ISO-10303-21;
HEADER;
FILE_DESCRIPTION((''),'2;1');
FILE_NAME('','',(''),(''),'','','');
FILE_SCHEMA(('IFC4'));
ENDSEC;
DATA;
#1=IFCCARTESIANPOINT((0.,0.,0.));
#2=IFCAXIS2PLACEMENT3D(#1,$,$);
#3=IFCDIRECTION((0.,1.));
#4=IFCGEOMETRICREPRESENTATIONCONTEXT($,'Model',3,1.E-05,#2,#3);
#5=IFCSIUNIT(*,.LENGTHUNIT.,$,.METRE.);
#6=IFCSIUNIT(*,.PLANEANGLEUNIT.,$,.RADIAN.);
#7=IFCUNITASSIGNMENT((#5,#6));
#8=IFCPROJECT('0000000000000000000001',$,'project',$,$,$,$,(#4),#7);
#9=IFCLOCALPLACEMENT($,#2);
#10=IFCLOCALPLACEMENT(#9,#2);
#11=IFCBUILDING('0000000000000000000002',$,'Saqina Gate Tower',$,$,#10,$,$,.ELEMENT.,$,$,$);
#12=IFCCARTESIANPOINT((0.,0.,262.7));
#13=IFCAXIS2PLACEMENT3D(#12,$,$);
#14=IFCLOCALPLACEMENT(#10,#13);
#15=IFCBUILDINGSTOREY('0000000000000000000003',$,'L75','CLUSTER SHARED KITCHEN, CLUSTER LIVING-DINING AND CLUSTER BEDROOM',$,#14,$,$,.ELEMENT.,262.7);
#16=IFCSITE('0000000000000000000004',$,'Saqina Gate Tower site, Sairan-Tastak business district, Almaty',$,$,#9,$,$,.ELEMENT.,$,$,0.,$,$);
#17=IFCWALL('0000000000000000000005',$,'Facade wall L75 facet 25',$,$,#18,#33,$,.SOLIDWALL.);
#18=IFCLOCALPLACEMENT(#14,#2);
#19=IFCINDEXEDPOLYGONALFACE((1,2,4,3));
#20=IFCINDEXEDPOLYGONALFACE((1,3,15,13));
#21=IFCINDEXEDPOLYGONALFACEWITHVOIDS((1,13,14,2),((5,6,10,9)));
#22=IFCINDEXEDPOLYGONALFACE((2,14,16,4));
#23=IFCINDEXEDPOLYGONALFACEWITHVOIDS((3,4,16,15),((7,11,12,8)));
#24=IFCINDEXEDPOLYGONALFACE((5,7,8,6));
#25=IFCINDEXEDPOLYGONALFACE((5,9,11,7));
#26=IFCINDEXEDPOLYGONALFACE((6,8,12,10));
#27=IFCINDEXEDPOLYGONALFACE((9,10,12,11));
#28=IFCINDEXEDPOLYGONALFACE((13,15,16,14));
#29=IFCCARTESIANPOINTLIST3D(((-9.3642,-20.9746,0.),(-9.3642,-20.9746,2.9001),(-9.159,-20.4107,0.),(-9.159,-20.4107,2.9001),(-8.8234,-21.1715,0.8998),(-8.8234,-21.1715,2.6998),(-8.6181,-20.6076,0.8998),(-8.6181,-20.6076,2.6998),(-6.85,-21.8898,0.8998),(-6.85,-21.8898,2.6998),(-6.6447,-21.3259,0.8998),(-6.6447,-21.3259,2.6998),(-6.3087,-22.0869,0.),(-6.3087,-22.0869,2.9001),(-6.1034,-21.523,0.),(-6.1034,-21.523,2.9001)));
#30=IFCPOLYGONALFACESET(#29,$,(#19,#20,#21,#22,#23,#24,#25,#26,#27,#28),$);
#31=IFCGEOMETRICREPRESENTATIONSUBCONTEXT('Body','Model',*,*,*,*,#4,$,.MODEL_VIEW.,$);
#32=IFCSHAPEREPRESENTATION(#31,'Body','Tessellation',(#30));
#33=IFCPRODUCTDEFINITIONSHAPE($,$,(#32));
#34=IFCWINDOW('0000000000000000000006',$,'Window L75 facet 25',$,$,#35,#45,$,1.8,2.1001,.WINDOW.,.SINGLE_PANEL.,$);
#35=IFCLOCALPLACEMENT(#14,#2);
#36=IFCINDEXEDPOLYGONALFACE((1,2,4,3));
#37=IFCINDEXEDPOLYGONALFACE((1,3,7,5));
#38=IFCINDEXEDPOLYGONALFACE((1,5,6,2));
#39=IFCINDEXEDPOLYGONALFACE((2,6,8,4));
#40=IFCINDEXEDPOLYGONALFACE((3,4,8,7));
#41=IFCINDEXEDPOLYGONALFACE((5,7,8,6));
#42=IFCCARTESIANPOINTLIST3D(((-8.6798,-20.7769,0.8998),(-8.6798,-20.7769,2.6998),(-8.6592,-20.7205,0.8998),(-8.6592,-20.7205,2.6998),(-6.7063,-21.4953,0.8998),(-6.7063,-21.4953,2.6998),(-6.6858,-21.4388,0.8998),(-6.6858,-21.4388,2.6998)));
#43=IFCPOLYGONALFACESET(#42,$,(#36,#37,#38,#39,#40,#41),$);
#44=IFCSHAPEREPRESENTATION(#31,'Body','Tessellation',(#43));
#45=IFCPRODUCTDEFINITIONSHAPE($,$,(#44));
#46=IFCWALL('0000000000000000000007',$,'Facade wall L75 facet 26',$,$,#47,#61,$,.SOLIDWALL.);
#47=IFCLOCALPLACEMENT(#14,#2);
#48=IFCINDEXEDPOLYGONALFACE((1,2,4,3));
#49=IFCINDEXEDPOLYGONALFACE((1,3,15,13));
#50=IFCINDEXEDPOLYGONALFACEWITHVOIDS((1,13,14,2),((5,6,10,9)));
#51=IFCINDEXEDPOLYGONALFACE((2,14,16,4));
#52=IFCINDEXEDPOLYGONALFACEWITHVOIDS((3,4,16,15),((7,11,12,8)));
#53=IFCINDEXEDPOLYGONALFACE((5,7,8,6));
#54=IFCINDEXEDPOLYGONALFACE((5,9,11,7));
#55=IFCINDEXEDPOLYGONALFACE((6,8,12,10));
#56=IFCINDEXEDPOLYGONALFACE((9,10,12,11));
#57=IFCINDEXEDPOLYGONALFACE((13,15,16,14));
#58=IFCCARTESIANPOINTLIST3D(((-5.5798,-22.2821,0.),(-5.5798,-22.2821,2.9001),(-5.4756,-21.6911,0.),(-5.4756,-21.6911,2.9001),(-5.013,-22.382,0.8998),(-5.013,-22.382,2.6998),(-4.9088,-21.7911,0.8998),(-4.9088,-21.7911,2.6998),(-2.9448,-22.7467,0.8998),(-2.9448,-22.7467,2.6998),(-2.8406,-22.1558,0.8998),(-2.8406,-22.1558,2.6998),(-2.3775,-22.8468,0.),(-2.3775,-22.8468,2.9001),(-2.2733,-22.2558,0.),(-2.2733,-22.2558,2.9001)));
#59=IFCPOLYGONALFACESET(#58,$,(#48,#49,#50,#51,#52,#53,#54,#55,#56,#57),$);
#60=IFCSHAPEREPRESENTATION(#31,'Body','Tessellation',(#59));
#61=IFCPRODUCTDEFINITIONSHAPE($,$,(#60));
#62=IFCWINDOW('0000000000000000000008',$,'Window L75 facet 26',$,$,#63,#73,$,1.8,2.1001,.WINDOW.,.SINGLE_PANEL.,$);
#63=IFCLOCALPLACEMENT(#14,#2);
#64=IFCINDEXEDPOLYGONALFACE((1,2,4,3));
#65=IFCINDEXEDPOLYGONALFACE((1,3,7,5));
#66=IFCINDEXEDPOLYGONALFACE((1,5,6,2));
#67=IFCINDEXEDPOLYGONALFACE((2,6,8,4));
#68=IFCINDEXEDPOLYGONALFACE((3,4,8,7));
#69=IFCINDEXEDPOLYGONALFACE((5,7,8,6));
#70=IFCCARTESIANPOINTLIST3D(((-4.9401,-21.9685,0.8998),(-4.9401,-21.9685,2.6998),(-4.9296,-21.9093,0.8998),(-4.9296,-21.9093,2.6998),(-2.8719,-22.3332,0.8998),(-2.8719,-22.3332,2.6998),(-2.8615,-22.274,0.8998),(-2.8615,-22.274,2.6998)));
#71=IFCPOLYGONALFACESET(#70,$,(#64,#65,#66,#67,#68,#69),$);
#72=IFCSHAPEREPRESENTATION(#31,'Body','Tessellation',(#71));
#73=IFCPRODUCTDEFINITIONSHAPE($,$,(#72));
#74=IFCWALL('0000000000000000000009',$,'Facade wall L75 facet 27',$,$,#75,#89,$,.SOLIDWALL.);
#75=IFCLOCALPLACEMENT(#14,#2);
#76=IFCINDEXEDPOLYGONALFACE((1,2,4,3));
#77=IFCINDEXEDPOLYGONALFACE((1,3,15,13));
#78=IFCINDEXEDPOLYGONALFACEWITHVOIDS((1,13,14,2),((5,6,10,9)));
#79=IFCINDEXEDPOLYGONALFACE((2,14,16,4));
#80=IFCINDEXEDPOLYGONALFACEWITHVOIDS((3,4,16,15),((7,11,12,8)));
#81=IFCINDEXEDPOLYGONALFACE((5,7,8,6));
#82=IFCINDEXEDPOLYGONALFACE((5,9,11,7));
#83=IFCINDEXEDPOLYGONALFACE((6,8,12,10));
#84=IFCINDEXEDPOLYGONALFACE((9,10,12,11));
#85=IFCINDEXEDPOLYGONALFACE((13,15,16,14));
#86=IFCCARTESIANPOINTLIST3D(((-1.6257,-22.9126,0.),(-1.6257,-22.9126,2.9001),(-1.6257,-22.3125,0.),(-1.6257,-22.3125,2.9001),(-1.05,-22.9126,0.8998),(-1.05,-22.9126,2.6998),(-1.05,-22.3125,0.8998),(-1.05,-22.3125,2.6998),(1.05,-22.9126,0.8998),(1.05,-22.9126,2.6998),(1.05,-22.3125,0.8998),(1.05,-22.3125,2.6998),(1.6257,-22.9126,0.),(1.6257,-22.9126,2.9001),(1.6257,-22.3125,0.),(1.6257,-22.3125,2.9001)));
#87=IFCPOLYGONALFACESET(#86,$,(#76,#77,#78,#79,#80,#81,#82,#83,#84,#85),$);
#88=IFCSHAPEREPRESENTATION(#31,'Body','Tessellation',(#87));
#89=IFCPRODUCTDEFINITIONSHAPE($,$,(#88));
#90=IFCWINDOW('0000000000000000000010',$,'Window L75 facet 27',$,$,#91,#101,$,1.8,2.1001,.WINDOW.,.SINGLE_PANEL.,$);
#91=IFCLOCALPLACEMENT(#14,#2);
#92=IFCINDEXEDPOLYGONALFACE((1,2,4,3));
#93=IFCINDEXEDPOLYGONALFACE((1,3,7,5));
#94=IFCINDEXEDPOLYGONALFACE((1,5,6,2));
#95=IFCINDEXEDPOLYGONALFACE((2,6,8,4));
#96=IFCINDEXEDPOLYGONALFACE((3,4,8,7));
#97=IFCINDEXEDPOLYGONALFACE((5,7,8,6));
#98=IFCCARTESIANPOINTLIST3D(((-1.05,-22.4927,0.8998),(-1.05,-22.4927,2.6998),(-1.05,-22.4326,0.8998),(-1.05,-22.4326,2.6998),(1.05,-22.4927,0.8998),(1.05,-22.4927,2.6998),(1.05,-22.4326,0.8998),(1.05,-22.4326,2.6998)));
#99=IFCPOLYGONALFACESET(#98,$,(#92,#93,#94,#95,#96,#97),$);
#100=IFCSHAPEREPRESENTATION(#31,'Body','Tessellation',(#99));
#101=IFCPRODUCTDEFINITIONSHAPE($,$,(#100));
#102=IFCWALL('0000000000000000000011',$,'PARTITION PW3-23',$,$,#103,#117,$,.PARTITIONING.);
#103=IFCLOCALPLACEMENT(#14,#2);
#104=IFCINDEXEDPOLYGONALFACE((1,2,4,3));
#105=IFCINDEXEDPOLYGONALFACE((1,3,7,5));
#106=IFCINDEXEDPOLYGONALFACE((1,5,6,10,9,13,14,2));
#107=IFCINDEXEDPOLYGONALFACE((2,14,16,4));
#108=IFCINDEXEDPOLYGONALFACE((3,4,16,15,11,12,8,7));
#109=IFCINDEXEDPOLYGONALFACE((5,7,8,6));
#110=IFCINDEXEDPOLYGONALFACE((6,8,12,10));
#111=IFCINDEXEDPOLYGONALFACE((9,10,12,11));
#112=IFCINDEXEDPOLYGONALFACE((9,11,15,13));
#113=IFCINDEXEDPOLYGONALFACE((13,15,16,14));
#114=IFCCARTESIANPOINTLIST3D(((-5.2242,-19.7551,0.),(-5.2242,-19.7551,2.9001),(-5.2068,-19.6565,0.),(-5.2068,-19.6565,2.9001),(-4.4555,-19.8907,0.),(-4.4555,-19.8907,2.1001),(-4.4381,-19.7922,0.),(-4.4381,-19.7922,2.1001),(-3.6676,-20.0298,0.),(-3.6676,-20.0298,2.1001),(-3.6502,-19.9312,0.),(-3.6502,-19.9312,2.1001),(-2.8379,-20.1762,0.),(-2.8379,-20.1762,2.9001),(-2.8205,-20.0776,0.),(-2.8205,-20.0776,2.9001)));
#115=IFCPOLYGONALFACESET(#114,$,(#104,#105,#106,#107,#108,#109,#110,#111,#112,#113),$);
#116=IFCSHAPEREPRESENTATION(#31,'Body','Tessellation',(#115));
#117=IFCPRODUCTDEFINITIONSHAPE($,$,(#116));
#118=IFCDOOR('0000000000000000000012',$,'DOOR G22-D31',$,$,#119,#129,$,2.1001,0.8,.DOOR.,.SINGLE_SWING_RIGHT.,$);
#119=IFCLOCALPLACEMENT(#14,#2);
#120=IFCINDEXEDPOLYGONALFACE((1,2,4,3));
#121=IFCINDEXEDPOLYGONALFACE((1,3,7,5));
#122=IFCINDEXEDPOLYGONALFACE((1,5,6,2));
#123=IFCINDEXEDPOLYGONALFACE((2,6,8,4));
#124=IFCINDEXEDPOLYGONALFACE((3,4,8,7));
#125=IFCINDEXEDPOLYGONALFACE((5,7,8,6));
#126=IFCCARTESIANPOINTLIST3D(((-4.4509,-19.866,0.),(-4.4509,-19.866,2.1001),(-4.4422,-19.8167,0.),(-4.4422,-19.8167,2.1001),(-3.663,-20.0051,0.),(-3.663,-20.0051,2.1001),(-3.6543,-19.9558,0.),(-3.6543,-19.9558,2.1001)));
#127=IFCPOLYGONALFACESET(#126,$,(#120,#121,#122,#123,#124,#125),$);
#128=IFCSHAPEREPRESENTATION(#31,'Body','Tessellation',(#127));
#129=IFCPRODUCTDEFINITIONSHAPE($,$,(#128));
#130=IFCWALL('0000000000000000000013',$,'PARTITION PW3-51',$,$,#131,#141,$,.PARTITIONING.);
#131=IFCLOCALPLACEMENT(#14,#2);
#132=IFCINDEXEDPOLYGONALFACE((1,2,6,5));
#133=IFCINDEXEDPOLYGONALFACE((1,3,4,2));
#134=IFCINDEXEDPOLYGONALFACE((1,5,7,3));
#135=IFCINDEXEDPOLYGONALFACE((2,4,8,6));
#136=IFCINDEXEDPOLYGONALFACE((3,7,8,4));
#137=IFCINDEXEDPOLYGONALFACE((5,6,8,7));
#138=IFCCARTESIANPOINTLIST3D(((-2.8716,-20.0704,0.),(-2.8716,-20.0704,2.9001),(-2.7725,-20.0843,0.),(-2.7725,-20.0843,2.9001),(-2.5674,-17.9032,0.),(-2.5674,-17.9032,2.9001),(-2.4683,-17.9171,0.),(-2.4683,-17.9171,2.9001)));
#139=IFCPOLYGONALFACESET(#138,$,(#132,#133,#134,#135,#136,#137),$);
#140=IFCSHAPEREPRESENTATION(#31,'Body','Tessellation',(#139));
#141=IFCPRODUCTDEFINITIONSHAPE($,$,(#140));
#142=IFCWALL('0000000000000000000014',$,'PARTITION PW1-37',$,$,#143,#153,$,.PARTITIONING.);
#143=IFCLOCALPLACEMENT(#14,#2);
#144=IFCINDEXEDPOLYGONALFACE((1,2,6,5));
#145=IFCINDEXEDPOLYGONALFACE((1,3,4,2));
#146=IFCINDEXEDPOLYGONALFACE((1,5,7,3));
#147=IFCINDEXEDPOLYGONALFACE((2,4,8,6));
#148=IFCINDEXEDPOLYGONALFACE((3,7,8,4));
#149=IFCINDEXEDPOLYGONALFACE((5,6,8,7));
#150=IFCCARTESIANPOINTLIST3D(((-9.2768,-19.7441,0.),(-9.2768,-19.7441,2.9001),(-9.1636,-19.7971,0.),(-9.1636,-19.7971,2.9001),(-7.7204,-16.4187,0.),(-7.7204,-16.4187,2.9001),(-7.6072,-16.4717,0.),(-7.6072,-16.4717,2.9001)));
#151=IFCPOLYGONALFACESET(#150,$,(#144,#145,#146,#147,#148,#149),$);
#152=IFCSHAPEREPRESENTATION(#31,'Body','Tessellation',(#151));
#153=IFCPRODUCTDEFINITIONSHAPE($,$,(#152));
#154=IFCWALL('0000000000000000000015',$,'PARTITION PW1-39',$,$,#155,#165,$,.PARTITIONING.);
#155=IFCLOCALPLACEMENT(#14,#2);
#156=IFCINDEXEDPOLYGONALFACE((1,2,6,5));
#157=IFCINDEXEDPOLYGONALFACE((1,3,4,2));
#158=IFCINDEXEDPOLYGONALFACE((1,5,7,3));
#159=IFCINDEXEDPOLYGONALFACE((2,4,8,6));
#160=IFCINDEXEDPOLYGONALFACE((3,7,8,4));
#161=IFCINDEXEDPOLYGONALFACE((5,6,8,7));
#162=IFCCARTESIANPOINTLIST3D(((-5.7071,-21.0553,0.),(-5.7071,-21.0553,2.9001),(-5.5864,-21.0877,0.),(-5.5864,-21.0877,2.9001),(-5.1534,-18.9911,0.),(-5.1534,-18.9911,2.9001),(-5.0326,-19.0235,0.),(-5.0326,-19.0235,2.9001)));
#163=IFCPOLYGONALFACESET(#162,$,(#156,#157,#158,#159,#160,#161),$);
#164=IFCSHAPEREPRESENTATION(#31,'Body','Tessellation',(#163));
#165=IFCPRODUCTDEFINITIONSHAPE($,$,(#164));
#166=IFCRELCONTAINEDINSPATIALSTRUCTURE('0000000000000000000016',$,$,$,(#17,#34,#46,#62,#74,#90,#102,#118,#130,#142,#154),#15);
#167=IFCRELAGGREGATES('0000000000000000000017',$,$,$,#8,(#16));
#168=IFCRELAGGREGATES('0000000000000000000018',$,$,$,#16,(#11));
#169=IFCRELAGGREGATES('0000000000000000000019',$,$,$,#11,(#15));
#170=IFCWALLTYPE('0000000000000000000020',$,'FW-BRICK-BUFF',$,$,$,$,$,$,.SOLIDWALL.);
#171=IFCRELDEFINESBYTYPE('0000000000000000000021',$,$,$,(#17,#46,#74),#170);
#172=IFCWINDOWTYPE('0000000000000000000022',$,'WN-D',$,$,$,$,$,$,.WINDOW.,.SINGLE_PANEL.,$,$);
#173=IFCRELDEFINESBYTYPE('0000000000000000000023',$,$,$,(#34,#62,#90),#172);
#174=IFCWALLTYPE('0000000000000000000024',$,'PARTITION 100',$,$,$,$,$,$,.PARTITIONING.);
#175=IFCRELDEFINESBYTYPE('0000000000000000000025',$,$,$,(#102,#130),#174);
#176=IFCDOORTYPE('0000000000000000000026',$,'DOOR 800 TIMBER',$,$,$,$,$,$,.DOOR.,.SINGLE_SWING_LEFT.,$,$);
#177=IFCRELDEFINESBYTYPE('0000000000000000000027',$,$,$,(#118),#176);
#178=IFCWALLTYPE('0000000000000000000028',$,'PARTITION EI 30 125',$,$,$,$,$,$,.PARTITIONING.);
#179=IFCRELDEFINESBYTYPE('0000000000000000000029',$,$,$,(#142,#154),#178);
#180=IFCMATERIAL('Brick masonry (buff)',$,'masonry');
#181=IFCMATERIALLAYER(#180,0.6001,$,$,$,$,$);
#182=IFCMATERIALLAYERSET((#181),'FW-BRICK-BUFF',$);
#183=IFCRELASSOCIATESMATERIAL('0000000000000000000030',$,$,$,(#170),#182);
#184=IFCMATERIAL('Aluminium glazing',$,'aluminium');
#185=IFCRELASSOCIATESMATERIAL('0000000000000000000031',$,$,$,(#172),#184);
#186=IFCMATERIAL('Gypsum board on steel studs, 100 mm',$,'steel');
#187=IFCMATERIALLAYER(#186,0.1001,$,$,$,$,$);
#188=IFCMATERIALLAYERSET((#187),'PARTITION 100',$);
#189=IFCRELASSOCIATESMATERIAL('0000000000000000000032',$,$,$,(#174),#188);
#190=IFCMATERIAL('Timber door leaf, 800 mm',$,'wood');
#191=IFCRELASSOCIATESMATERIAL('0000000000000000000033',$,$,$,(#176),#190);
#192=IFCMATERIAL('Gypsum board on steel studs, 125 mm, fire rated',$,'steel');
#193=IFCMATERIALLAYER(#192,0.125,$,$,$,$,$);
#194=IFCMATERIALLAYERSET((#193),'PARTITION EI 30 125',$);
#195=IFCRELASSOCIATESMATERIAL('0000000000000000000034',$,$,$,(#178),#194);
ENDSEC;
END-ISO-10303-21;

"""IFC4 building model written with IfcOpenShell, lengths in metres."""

from ifc_helpers import new_model, si_unit, direction, frame, frame_2d, origin, place, context, subcontext, project, spatial, rectangle, extrude, material, layer, layer_set, type_object, element, fill, save


model = new_model("IFC4")

# Units and contexts
model_context = context("Model", 3, precision=1e-05, world=origin(), true_north=direction((0.0, 1.0)))
body_context = subcontext(model_context, "Body", "Model", "MODEL_VIEW")
ifc_project = project(units=[si_unit("LENGTHUNIT", "METRE"), si_unit("PLANEANGLEUNIT", "RADIAN")], contexts=[model_context])

# Site, building, storey
site_placement = place(None, origin())
site = spatial("IfcSite", under=ifc_project, at=site_placement, Name="Saqina Gate Tower site, Sairan-Tastak business district, Almaty", CompositionType="ELEMENT", RefElevation=0.0)
building_placement = place(site_placement, origin())
building = spatial("IfcBuilding", under=site, at=building_placement, Name="Saqina Gate Tower", CompositionType="ELEMENT")
storey_placement = place(building_placement, frame((0.0, 0.0, 262.7)))
storey = spatial("IfcBuildingStorey", under=building, at=storey_placement, Name="L75", Description="CLUSTER SHARED KITCHEN, CLUSTER LIVING-DINING AND CLUSTER BEDROOM", CompositionType="ELEMENT", Elevation=262.7)

# Walls, openings, windows
ifc_material_1 = material(Name="Brick masonry (buff)", Category="masonry")
ifc_layer_1 = layer(ifc_material_1, 0.6001)
ifc_layer_set_1 = layer_set([ifc_layer_1], Name="FW-BRICK-BUFF")
wall_type_1 = type_object("IfcWallType", Name="FW-BRICK-BUFF", PredefinedType="SOLIDWALL", material=ifc_layer_set_1)
wall_1_placement = place(storey_placement, frame((-9.2617, -20.6926, 0.0), z_axis=(0.0, 0.0, 1.0), x_axis=(0.939679, -0.342057, 0.0)))
wall_1 = element("IfcWall", 1, at=wall_1_placement, inside=storey, type_object=wall_type_1, Name="Facade wall L75 facet 25", PredefinedType="SOLIDWALL", context=body_context, shape_type="SweptSolid", body=[
    extrude(rectangle(XDim=3.2517, YDim=0.6001, at=frame_2d((1.626, 0.0))), origin(), (0.0, 0.0, 1.0), 2.9001),
])
opening_1_placement = place(wall_1_placement, frame((0.5757, 0.0, 0.8999)))
opening_1 = element("IfcOpeningElement", 2, at=opening_1_placement, cuts=wall_1, PredefinedType="OPENING", context=body_context, shape_type="SweptSolid", body=[
    extrude(rectangle(XDim=2.1001, YDim=1.8, at=frame_2d((1.05, 0.8999))), frame((0.0, 0.312, 0.0), z_axis=(0.0, -1.0, 0.0), x_axis=(1.0, 0.0, 0.0)), (0.0, 0.0, 1.0), 0.624),
])
ifc_material_2 = material(Name="Aluminium glazing", Category="aluminium")
window_type = type_object("IfcWindowType", Name="WN-D", PartitioningType="SINGLE_PANEL", PredefinedType="WINDOW", material=ifc_material_2)
window_1_placement = place(opening_1_placement, origin())
window_1 = element("IfcWindow", 3, at=window_1_placement, inside=storey, type_object=window_type, Name="Window L75 facet 25", OverallHeight=1.8, OverallWidth=2.1001, PartitioningType="SINGLE_PANEL", PredefinedType="WINDOW", context=body_context, shape_type="SweptSolid", body=[
    extrude(rectangle(XDim=2.1001, YDim=1.8, at=frame_2d((1.05, 0.8999))), frame((0.0, 0.1799, 0.0), z_axis=(0.0, -1.0, 0.0), x_axis=(1.0, 0.0, 0.0)), (0.0, 0.0, 1.0), 0.0601),
])
fill(opening_1, window_1)
wall_2_placement = place(storey_placement, frame((-5.5278, -21.9866, 0.0), z_axis=(0.0, 0.0, 1.0), x_axis=(0.984806, -0.173657, 0.0)))
wall_2 = element("IfcWall", 4, at=wall_2_placement, inside=storey, type_object=wall_type_1, Name="Facade wall L75 facet 26", PredefinedType="SOLIDWALL", context=body_context, shape_type="SweptSolid", body=[
    extrude(rectangle(XDim=3.2517, YDim=0.6001, at=frame_2d((1.626, 0.0))), origin(), (0.0, 0.0, 1.0), 2.9001),
])
opening_2_placement = place(wall_2_placement, frame((0.5757, 0.0, 0.8999)))
opening_2 = element("IfcOpeningElement", 5, at=opening_2_placement, cuts=wall_2, PredefinedType="OPENING", context=body_context, shape_type="SweptSolid", body=[
    extrude(rectangle(XDim=2.1001, YDim=1.8, at=frame_2d((1.05, 0.8999))), frame((0.0, 0.312, 0.0), z_axis=(0.0, -1.0, 0.0), x_axis=(1.0, 0.0, 0.0)), (0.0, 0.0, 1.0), 0.624),
])
window_2_placement = place(opening_2_placement, origin())
window_2 = element("IfcWindow", 6, at=window_2_placement, inside=storey, type_object=window_type, Name="Window L75 facet 26", OverallHeight=1.8, OverallWidth=2.1001, PartitioningType="SINGLE_PANEL", PredefinedType="WINDOW", context=body_context, shape_type="SweptSolid", body=[
    extrude(rectangle(XDim=2.1001, YDim=1.8, at=frame_2d((1.05, 0.8999))), frame((0.0, 0.1799, 0.0), z_axis=(0.0, -1.0, 0.0), x_axis=(1.0, 0.0, 0.0)), (0.0, 0.0, 1.0), 0.0601),
])
fill(opening_2, window_2)
wall_3_placement = place(storey_placement, frame((-1.6257, -22.6125, 0.0), z_axis=(0.0, 0.0, 1.0), x_axis=(1.0, 0.0, 0.0)))
wall_3 = element("IfcWall", 7, at=wall_3_placement, inside=storey, type_object=wall_type_1, Name="Facade wall L75 facet 27", PredefinedType="SOLIDWALL", context=body_context, shape_type="SweptSolid", body=[
    extrude(rectangle(XDim=3.2515, YDim=0.6001, at=frame_2d((1.6257, 0.0))), origin(), (0.0, 0.0, 1.0), 2.9001),
])
opening_3_placement = place(wall_3_placement, frame((0.5757, 0.0, 0.8999)))
opening_3 = element("IfcOpeningElement", 8, at=opening_3_placement, cuts=wall_3, PredefinedType="OPENING", context=body_context, shape_type="SweptSolid", body=[
    extrude(rectangle(XDim=2.1001, YDim=1.8, at=frame_2d((1.05, 0.8999))), frame((0.0, 0.312, 0.0), z_axis=(0.0, -1.0, 0.0), x_axis=(1.0, 0.0, 0.0)), (0.0, 0.0, 1.0), 0.624),
])
window_3_placement = place(opening_3_placement, origin())
window_3 = element("IfcWindow", 9, at=window_3_placement, inside=storey, type_object=window_type, Name="Window L75 facet 27", OverallHeight=1.8, OverallWidth=2.1001, PartitioningType="SINGLE_PANEL", PredefinedType="WINDOW", context=body_context, shape_type="SweptSolid", body=[
    extrude(rectangle(XDim=2.1001, YDim=1.8, at=frame_2d((1.05, 0.8999))), frame((0.0, 0.1799, 0.0), z_axis=(0.0, -1.0, 0.0), x_axis=(1.0, 0.0, 0.0)), (0.0, 0.0, 1.0), 0.0601),
])
fill(opening_3, window_3)

# Wall, opening, door
ifc_material_3 = material(Name="Gypsum board on steel studs, 100 mm", Category="steel")
ifc_layer_2 = layer(ifc_material_3, 0.1001)
ifc_layer_set_2 = layer_set([ifc_layer_2], Name="PARTITION 100")
wall_type_2 = type_object("IfcWallType", Name="PARTITION 100", PredefinedType="PARTITIONING", material=ifc_layer_set_2)
wall_4_placement = place(storey_placement, frame((-5.2153, -19.7058, 0.0), z_axis=(0.0, 0.0, 1.0), x_axis=(0.984781, -0.173803, 0.0)))
wall_4 = element("IfcWall", 10, at=wall_4_placement, inside=storey, type_object=wall_type_2, Name="PARTITION PW3-23", PredefinedType="PARTITIONING", context=body_context, shape_type="SweptSolid", body=[
    extrude(rectangle(XDim=2.4231, YDim=0.1001, at=frame_2d((1.2114, 0.0))), origin(), (0.0, 0.0, 1.0), 2.9001),
])
opening_4_placement = place(wall_4_placement, frame((0.7805, 0.0, 0.0)))
opening_4 = element("IfcOpeningElement", 11, at=opening_4_placement, cuts=wall_4, PredefinedType="OPENING", context=body_context, shape_type="SweptSolid", body=[
    extrude(rectangle(XDim=0.8, YDim=2.1001, at=frame_2d((0.3999, 1.05))), frame((0.0, 0.062, 0.0), z_axis=(0.0, -1.0, 0.0), x_axis=(1.0, 0.0, 0.0)), (0.0, 0.0, 1.0), 0.124),
])
ifc_material_4 = material(Name="Timber door leaf, 800 mm", Category="wood")
door_type_1 = type_object("IfcDoorType", Name="DOOR 800 TIMBER", OperationType="SINGLE_SWING_LEFT", PredefinedType="DOOR", material=ifc_material_4)
door_1_placement = place(opening_4_placement, frame((0.8, 0.0, 0.0), z_axis=(0.0, 0.0, 1.0), x_axis=(-1.0, 0.0, 0.0)))
door_1 = element("IfcDoor", 12, at=door_1_placement, inside=storey, type_object=door_type_1, Name="DOOR G22-D31", OperationType="SINGLE_SWING_RIGHT", OverallHeight=2.1001, OverallWidth=0.8, PredefinedType="DOOR", context=body_context, shape_type="SweptSolid", body=[
    extrude(rectangle(XDim=0.8, YDim=2.1001, at=frame_2d((0.3999, 1.05))), frame((0.0, 0.0249, 0.0), z_axis=(0.0, -1.0, 0.0), x_axis=(1.0, 0.0, 0.0)), (0.0, 0.0, 1.0), 0.05),
])
fill(opening_4, door_1)

# Walls
wall_5_placement = place(storey_placement, frame((-2.822, -20.0774, 0.0), z_axis=(0.0, 0.0, 1.0), x_axis=(0.139, 0.990292, 0.0)))
element("IfcWall", 13, at=wall_5_placement, inside=storey, type_object=wall_type_2, Name="PARTITION PW3-51", PredefinedType="PARTITIONING", context=body_context, shape_type="SweptSolid", body=[
    extrude(rectangle(XDim=2.1885, YDim=0.1001, at=frame_2d((1.0942, 0.0))), origin(), (0.0, 0.0, 1.0), 2.9001),
])
ifc_material_5 = material(Name="Gypsum board on steel studs, 125 mm, fire rated", Category="steel")
ifc_layer_3 = layer(ifc_material_5, 0.125)
ifc_layer_set_3 = layer_set([ifc_layer_3], Name="PARTITION EI 30 125")
wall_type_3 = type_object("IfcWallType", Name="PARTITION EI 30 125", PredefinedType="PARTITIONING", material=ifc_layer_set_3)
wall_6_placement = place(storey_placement, frame((-9.2202, -19.7708, 0.0), z_axis=(0.0, 0.0, 1.0), x_axis=(0.423897, 0.90571, 0.0)))
element("IfcWall", 14, at=wall_6_placement, inside=storey, type_object=wall_type_3, Name="PARTITION PW1-37", PredefinedType="PARTITIONING", context=body_context, shape_type="SweptSolid", body=[
    extrude(rectangle(XDim=3.6716, YDim=0.125, at=frame_2d((1.8359, 0.0))), origin(), (0.0, 0.0, 1.0), 2.9001),
])
wall_7_placement = place(storey_placement, frame((-5.6467, -21.0715, 0.0), z_axis=(0.0, 0.0, 1.0), x_axis=(0.259084, 0.965855, 0.0)))
element("IfcWall", 15, at=wall_7_placement, inside=storey, type_object=wall_type_3, Name="PARTITION PW1-39", PredefinedType="PARTITIONING", context=body_context, shape_type="SweptSolid", body=[
    extrude(rectangle(XDim=2.1372, YDim=0.125, at=frame_2d((1.0686, 0.0))), origin(), (0.0, 0.0, 1.0), 2.9001),
])

save(model, "model.ifc")
